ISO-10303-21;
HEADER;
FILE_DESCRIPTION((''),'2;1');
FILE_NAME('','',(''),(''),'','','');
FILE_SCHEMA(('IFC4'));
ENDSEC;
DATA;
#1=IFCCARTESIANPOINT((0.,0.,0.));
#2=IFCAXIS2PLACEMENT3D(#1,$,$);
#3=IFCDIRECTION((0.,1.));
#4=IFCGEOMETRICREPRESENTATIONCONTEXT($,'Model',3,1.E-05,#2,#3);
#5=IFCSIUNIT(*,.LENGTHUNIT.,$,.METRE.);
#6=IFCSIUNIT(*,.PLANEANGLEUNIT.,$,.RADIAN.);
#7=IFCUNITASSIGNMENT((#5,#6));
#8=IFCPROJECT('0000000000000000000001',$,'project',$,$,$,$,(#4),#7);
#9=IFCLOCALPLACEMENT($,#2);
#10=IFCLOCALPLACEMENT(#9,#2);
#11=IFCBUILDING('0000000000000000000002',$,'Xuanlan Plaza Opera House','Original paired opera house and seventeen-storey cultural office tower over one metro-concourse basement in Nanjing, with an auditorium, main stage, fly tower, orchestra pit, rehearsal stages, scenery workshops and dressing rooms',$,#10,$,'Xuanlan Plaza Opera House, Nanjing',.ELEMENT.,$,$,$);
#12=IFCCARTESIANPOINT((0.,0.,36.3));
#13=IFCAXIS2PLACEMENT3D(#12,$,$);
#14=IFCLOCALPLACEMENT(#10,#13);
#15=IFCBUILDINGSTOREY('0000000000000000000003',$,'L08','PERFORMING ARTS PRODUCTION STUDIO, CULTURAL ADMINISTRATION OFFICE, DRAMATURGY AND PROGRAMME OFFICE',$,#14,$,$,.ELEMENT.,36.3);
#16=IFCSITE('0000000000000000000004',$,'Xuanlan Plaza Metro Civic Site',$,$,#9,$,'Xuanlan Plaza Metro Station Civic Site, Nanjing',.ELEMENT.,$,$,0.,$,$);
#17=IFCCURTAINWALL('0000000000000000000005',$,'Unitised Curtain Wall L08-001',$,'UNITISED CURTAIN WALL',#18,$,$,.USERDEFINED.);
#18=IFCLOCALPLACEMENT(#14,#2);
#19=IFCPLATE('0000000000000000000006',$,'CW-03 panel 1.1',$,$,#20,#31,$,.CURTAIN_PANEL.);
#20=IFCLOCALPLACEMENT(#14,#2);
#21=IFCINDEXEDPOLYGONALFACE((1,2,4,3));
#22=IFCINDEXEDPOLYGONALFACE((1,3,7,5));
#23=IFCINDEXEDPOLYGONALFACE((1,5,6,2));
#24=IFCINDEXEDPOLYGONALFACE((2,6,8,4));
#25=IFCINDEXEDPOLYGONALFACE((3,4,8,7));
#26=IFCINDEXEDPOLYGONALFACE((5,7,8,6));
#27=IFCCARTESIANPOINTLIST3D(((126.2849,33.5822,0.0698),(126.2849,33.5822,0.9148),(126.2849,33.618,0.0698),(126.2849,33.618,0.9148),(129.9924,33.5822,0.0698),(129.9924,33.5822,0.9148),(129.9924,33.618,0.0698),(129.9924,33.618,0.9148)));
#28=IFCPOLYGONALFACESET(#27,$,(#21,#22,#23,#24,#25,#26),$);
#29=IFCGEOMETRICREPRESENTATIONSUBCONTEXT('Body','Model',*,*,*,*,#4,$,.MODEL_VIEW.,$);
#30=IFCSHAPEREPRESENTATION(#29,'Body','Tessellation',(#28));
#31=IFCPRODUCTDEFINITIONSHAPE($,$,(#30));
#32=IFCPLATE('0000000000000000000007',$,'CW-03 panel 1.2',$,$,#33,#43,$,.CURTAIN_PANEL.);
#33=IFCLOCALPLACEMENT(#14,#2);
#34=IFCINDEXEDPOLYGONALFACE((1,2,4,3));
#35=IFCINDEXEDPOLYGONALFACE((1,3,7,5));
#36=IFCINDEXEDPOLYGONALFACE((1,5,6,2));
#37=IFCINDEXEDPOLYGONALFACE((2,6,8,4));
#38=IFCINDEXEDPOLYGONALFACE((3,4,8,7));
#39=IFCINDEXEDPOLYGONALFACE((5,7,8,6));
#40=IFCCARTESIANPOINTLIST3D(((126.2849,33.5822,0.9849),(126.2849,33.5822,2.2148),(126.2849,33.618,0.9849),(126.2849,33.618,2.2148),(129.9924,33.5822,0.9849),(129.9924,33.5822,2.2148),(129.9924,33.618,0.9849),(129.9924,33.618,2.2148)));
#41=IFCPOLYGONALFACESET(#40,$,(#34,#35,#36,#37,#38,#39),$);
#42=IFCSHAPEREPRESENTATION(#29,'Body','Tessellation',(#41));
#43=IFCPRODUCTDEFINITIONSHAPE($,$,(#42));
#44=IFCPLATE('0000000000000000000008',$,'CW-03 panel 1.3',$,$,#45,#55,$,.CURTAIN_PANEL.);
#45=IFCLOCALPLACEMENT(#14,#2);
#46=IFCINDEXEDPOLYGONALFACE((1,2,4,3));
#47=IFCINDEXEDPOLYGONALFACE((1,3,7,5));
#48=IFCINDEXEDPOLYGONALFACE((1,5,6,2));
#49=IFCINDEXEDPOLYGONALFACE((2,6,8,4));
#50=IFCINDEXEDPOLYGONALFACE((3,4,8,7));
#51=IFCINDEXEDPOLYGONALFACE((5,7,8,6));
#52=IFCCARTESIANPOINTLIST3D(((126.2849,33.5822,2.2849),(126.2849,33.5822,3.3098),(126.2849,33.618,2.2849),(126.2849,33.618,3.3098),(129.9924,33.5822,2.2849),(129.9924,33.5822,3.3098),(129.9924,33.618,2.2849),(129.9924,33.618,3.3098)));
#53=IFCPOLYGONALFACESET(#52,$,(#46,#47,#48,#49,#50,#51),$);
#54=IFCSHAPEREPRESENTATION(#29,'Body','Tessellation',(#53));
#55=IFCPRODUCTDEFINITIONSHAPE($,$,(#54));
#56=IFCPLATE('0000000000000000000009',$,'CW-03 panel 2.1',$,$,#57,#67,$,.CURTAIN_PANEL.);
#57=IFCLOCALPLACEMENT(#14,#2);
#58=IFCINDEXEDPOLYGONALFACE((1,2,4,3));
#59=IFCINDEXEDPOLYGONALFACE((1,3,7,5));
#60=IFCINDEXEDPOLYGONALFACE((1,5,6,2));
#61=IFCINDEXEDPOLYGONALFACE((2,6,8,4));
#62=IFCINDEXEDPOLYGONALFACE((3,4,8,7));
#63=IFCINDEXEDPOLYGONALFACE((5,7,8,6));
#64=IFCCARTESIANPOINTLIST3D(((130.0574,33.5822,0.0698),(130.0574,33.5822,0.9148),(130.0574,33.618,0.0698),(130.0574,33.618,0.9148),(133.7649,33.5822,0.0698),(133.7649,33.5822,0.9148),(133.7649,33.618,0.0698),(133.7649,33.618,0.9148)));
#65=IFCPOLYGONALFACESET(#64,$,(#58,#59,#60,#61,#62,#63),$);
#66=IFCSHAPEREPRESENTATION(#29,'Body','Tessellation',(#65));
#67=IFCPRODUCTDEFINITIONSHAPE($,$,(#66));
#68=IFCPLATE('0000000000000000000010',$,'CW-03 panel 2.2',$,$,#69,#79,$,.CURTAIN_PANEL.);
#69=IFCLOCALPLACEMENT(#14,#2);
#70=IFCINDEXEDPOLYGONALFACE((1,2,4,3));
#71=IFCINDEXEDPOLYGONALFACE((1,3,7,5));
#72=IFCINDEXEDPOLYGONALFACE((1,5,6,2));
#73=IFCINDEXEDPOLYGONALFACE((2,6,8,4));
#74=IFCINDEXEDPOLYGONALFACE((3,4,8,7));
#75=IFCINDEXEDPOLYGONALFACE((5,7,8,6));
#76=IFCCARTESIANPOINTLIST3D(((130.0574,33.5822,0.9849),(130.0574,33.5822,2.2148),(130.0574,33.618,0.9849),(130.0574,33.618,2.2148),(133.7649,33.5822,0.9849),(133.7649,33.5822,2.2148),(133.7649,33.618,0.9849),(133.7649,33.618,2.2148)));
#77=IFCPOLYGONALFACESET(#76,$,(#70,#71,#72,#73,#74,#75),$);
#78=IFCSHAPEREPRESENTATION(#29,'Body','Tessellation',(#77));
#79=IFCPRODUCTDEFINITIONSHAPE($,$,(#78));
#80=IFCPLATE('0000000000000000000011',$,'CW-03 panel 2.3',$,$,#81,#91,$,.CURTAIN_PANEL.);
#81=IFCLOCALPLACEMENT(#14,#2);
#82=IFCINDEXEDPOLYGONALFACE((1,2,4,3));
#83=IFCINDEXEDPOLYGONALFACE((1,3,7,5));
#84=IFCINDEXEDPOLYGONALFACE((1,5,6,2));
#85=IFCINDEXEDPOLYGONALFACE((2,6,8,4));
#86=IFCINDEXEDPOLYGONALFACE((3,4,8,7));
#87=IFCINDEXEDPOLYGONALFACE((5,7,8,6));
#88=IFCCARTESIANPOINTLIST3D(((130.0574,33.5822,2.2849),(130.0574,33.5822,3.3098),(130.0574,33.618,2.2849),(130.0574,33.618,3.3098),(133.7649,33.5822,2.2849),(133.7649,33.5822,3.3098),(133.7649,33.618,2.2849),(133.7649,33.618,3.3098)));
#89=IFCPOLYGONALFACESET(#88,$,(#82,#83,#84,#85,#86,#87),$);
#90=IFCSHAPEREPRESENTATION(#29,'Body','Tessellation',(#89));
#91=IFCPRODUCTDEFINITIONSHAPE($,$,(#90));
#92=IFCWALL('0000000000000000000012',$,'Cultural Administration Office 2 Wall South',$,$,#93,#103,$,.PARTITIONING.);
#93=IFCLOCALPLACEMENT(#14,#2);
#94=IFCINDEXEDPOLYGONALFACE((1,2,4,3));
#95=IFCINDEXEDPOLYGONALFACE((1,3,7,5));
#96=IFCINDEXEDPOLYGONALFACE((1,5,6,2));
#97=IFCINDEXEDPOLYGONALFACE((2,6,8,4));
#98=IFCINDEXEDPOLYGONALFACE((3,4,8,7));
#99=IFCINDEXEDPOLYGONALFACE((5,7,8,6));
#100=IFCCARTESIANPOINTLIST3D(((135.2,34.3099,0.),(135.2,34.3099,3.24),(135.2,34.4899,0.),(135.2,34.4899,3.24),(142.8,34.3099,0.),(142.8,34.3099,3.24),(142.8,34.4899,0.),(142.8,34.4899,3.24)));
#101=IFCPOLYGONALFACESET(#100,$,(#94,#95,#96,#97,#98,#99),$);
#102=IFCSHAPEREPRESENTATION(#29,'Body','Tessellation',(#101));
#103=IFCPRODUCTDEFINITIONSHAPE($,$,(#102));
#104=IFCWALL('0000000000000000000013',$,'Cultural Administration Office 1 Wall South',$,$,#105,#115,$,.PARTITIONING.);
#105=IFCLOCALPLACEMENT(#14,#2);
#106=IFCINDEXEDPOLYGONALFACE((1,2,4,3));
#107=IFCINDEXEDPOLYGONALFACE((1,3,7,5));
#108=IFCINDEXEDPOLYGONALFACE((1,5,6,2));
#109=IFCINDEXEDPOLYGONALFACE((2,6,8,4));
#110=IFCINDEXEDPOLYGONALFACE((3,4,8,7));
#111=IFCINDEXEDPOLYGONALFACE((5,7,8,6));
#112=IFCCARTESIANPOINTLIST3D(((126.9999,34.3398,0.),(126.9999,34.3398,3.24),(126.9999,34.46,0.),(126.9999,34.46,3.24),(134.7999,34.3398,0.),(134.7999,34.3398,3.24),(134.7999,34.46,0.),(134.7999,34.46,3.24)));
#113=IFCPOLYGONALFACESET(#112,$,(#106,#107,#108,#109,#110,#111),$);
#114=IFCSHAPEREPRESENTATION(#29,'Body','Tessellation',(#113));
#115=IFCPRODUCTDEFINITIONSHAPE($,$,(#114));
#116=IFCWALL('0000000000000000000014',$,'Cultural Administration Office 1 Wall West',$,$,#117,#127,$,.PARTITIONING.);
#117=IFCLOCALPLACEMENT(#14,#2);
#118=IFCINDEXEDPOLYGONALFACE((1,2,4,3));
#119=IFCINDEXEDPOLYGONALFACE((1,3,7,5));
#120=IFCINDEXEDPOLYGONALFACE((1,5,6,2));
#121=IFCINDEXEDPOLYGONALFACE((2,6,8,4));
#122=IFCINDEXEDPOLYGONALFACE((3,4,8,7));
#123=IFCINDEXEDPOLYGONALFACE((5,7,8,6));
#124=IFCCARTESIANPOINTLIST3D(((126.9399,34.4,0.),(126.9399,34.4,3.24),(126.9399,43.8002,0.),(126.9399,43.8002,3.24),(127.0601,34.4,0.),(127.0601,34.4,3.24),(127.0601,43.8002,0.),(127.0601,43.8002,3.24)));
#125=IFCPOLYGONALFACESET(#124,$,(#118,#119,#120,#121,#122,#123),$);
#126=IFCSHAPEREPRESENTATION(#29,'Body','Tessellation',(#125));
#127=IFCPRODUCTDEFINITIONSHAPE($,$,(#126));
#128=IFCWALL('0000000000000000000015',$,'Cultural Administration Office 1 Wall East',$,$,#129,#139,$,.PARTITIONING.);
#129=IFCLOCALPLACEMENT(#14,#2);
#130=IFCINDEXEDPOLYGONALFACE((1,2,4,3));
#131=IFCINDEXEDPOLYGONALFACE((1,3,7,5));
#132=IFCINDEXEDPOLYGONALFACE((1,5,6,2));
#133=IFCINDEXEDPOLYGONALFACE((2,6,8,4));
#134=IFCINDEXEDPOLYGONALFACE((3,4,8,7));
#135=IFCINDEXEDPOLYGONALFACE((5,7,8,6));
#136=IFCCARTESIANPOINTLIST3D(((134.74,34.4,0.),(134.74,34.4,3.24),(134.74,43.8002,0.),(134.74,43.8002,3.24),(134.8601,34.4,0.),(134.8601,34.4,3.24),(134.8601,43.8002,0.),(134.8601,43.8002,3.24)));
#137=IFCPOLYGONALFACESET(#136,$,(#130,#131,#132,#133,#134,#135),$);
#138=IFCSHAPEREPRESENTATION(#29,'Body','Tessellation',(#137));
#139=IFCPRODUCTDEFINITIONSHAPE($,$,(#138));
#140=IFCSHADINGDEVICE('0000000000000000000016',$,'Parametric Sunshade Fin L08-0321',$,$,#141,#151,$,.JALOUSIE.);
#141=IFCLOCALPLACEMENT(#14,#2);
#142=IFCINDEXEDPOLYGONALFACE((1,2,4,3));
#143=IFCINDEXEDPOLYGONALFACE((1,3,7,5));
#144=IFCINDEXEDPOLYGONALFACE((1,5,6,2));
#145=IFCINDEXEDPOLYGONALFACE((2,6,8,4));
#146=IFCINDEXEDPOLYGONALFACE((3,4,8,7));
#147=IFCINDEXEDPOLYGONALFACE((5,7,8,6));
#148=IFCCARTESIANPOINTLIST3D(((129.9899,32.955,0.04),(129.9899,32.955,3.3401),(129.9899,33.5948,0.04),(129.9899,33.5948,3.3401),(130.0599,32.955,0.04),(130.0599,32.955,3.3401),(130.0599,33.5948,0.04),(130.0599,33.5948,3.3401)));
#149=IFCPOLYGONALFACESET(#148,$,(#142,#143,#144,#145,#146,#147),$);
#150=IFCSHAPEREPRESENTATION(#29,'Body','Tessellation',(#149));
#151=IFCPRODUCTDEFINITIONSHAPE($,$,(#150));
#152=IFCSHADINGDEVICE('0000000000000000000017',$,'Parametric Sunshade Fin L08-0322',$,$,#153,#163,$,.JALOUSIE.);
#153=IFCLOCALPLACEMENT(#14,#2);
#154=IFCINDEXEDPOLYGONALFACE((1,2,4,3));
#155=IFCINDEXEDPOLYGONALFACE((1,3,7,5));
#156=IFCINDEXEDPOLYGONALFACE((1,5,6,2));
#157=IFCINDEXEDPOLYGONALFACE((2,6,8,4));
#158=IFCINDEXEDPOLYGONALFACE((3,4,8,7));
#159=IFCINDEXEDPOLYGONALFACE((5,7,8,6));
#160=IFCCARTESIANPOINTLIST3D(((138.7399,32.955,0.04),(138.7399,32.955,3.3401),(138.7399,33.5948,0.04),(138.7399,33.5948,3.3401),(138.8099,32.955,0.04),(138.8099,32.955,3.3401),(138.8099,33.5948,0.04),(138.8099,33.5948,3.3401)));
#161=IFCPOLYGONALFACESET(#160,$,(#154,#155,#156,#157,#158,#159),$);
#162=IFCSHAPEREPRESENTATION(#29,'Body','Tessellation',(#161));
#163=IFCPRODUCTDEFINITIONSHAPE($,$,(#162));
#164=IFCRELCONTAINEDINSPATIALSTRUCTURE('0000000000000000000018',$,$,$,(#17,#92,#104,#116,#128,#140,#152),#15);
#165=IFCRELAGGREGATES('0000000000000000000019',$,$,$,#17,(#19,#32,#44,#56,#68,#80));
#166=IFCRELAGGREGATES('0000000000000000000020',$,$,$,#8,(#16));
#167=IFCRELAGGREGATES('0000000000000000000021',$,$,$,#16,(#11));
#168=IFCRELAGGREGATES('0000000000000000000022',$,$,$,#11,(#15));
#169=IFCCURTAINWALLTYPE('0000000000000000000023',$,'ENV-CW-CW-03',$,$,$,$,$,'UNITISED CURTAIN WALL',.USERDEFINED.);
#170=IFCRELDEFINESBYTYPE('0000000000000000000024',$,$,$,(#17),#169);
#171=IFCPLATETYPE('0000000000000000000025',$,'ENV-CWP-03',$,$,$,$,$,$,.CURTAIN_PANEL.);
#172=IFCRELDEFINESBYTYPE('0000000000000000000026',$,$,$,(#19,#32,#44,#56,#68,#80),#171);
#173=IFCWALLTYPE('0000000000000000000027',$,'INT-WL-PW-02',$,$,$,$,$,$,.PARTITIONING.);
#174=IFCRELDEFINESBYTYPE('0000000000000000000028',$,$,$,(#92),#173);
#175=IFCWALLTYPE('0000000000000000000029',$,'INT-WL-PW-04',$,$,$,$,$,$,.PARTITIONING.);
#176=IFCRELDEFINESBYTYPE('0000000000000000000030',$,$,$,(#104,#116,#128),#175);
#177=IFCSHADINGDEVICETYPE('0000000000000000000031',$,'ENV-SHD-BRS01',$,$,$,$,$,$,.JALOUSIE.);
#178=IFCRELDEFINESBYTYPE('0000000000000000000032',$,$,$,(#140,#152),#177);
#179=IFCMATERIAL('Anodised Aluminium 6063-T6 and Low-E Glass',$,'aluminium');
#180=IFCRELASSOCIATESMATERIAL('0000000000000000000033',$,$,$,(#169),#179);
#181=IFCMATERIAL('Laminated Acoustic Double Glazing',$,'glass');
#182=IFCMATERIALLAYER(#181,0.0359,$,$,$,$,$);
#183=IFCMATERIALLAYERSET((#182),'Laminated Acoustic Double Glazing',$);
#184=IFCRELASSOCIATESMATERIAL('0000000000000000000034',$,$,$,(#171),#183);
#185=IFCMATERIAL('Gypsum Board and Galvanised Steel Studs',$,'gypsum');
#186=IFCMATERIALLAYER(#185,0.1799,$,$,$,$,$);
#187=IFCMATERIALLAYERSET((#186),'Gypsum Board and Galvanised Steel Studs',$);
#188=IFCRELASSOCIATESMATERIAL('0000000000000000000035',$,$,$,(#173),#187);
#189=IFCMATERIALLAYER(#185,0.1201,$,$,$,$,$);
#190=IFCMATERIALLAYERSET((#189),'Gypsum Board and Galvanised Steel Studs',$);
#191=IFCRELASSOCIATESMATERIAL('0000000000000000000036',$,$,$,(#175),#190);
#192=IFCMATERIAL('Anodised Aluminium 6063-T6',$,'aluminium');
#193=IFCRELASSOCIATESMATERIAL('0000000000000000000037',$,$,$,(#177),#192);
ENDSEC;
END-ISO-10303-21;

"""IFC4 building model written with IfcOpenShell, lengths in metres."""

from ifc_helpers import new_model, si_unit, direction, frame, frame_2d, origin, origin_2d, place, context, subcontext, project, spatial, rectangle, extrude, material, layer, layer_set, type_object, element, aggregate, save


model = new_model("IFC4")

# Units and contexts
model_context = context("Model", 3, precision=1e-05, world=origin(), true_north=direction((0.0, 1.0)))
body_context = subcontext(model_context, "Body", "Model", "MODEL_VIEW")
ifc_project = project(units=[si_unit("LENGTHUNIT", "METRE"), si_unit("PLANEANGLEUNIT", "RADIAN")], contexts=[model_context])

# Site, building, storey
site_placement = place(None, origin())
site = spatial("IfcSite", under=ifc_project, at=site_placement, Name="Xuanlan Plaza Metro Civic Site", LongName="Xuanlan Plaza Metro Station Civic Site, Nanjing", CompositionType="ELEMENT", RefElevation=0.0)
building_placement = place(site_placement, origin())
building = spatial("IfcBuilding", under=site, at=building_placement, Name="Xuanlan Plaza Opera House", Description="Original paired opera house and seventeen-storey cultural office tower over one metro-concourse basement in Nanjing, with an auditorium, main stage, fly tower, orchestra pit, rehearsal stages, scenery workshops and dressing rooms", LongName="Xuanlan Plaza Opera House, Nanjing", CompositionType="ELEMENT")
storey_placement = place(building_placement, frame((0.0, 0.0, 36.3)))
storey = spatial("IfcBuildingStorey", under=building, at=storey_placement, Name="L08", Description="PERFORMING ARTS PRODUCTION STUDIO, CULTURAL ADMINISTRATION OFFICE, DRAMATURGY AND PROGRAMME OFFICE", CompositionType="ELEMENT", Elevation=36.3)

# Curtain wall
ifc_material_1 = material(Name="Anodised Aluminium 6063-T6 and Low-E Glass", Category="aluminium")
curtain_wall_type_1 = type_object("IfcCurtainWallType", Name="ENV-CW-CW-03", ElementType="UNITISED CURTAIN WALL", PredefinedType="USERDEFINED", material=ifc_material_1)
curtain_wall_1_placement = place(storey_placement, origin())
curtain_wall_1 = element("IfcCurtainWall", 1, at=curtain_wall_1_placement, inside=storey, type_object=curtain_wall_type_1, Name="Unitised Curtain Wall L08-001", ObjectType="UNITISED CURTAIN WALL", PredefinedType="USERDEFINED")
ifc_material_2 = material(Name="Anodised Aluminium 6063-T6", Category="aluminium")

# Plates
ifc_material_3 = material(Name="Laminated Acoustic Double Glazing", Category="glass")
ifc_layer_1 = layer(ifc_material_3, 0.0359)
ifc_layer_set_1 = layer_set([ifc_layer_1], Name="Laminated Acoustic Double Glazing")
plate_type_1 = type_object("IfcPlateType", Name="ENV-CWP-03", PredefinedType="CURTAIN_PANEL", material=ifc_layer_set_1)
plate_1_placement = place(storey_placement, frame((128.1387, 33.6001, 0.0698), z_axis=(0.0, 0.0, 1.0), x_axis=(1.0, 0.0, 0.0)))
plate_1 = element("IfcPlate", 2, at=plate_1_placement, type_object=plate_type_1, Name="CW-03 panel 1.1", PredefinedType="CURTAIN_PANEL", context=body_context, shape_type="SweptSolid", body=[
    extrude(rectangle(XDim=3.7075, YDim=0.0359, at=origin_2d()), origin(), (0.0, 0.0, 1.0), 0.845),
])
plate_2_placement = place(storey_placement, frame((128.1387, 33.6001, 0.9849), z_axis=(0.0, 0.0, 1.0), x_axis=(1.0, 0.0, 0.0)))
plate_2 = element("IfcPlate", 3, at=plate_2_placement, type_object=plate_type_1, Name="CW-03 panel 1.2", PredefinedType="CURTAIN_PANEL", context=body_context, shape_type="SweptSolid", body=[
    extrude(rectangle(XDim=3.7075, YDim=0.0359, at=origin_2d()), origin(), (0.0, 0.0, 1.0), 1.23),
])
plate_3_placement = place(storey_placement, frame((128.1387, 33.6001, 2.2849), z_axis=(0.0, 0.0, 1.0), x_axis=(1.0, 0.0, 0.0)))
plate_3 = element("IfcPlate", 4, at=plate_3_placement, type_object=plate_type_1, Name="CW-03 panel 1.3", PredefinedType="CURTAIN_PANEL", context=body_context, shape_type="SweptSolid", body=[
    extrude(rectangle(XDim=3.7075, YDim=0.0359, at=origin_2d()), origin(), (0.0, 0.0, 1.0), 1.0249),
])
plate_4_placement = place(storey_placement, frame((131.9111, 33.6001, 0.0698), z_axis=(0.0, 0.0, 1.0), x_axis=(1.0, 0.0, 0.0)))
plate_4 = element("IfcPlate", 5, at=plate_4_placement, type_object=plate_type_1, Name="CW-03 panel 2.1", PredefinedType="CURTAIN_PANEL", context=body_context, shape_type="SweptSolid", body=[
    extrude(rectangle(XDim=3.7075, YDim=0.0359, at=origin_2d()), origin(), (0.0, 0.0, 1.0), 0.845),
])
plate_5_placement = place(storey_placement, frame((131.9111, 33.6001, 0.9849), z_axis=(0.0, 0.0, 1.0), x_axis=(1.0, 0.0, 0.0)))
plate_5 = element("IfcPlate", 6, at=plate_5_placement, type_object=plate_type_1, Name="CW-03 panel 2.2", PredefinedType="CURTAIN_PANEL", context=body_context, shape_type="SweptSolid", body=[
    extrude(rectangle(XDim=3.7075, YDim=0.0359, at=origin_2d()), origin(), (0.0, 0.0, 1.0), 1.23),
])
plate_6_placement = place(storey_placement, frame((131.9111, 33.6001, 2.2849), z_axis=(0.0, 0.0, 1.0), x_axis=(1.0, 0.0, 0.0)))
plate_6 = element("IfcPlate", 7, at=plate_6_placement, type_object=plate_type_1, Name="CW-03 panel 2.3", PredefinedType="CURTAIN_PANEL", context=body_context, shape_type="SweptSolid", body=[
    extrude(rectangle(XDim=3.7075, YDim=0.0359, at=origin_2d()), origin(), (0.0, 0.0, 1.0), 1.0249),
])
aggregate(curtain_wall_1, [plate_1, plate_2, plate_3, plate_4, plate_5, plate_6])

# Walls
ifc_material_4 = material(Name="Gypsum Board and Galvanised Steel Studs", Category="gypsum")
ifc_layer_2 = layer(ifc_material_4, 0.1799)
ifc_layer_set_2 = layer_set([ifc_layer_2], Name="Gypsum Board and Galvanised Steel Studs")
wall_type_1 = type_object("IfcWallType", Name="INT-WL-PW-02", PredefinedType="PARTITIONING", material=ifc_layer_set_2)
wall_1_placement = place(storey_placement, frame((135.2, 34.3999, 0.0), z_axis=(0.0, 0.0, 1.0), x_axis=(1.0, 0.0, 0.0)))
element("IfcWall", 8, at=wall_1_placement, inside=storey, type_object=wall_type_1, Name="Cultural Administration Office 2 Wall South", PredefinedType="PARTITIONING", context=body_context, shape_type="SweptSolid", body=[
    extrude(rectangle(XDim=7.6001, YDim=0.1799, at=frame_2d((3.8, 0.0))), origin(), (0.0, 0.0, 1.0), 3.24),
])
ifc_layer_3 = layer(ifc_material_4, 0.1201)
ifc_layer_set_3 = layer_set([ifc_layer_3], Name="Gypsum Board and Galvanised Steel Studs")
wall_type_2 = type_object("IfcWallType", Name="INT-WL-PW-04", PredefinedType="PARTITIONING", material=ifc_layer_set_3)
wall_2_placement = place(storey_placement, frame((127.0, 34.3999, 0.0), z_axis=(0.0, 0.0, 1.0), x_axis=(1.0, 0.0, 0.0)))
element("IfcWall", 9, at=wall_2_placement, inside=storey, type_object=wall_type_2, Name="Cultural Administration Office 1 Wall South", PredefinedType="PARTITIONING", context=body_context, shape_type="SweptSolid", body=[
    extrude(rectangle(XDim=7.8, YDim=0.1201, at=frame_2d((3.8999, 0.0))), origin(), (0.0, 0.0, 1.0), 3.24),
])
for number, where, z_axis, x_axis, name in (
    (10, (127.0, 34.3999, 0.0), (0.0, 0.0, 1.0), (0.0, 1.0, 0.0), "Cultural Administration Office 1 Wall West"),
    (11, (134.8, 34.3999, 0.0), (0.0, 0.0, 1.0), (0.0, 1.0, 0.0), "Cultural Administration Office 1 Wall East"),
):
    element("IfcWall", number, at=place(storey_placement, frame(where, z_axis=z_axis, x_axis=x_axis)), inside=storey, type_object=wall_type_2, Name=name, PredefinedType="PARTITIONING", context=body_context, shape_type="SweptSolid", body=[
        extrude(rectangle(XDim=9.4001, YDim=0.1201, at=frame_2d((4.7002, 0.0))), origin(), (0.0, 0.0, 1.0), 3.24),
    ])

# Shading devices
shading_device_type = type_object("IfcShadingDeviceType", Name="ENV-SHD-BRS01", PredefinedType="JALOUSIE", material=ifc_material_2)
for number, where, z_axis, x_axis, name in (
    (12, (130.0249, 33.2749, 0.04), (0.0, 0.0, 1.0), (0.0, -1.0, 0.0), "Parametric Sunshade Fin L08-0321"),
    (13, (138.7749, 33.2749, 0.04), (0.0, 0.0, 1.0), (0.0, -1.0, 0.0), "Parametric Sunshade Fin L08-0322"),
):
    element("IfcShadingDevice", number, at=place(storey_placement, frame(where, z_axis=z_axis, x_axis=x_axis)), inside=storey, type_object=shading_device_type, Name=name, PredefinedType="JALOUSIE", context=body_context, shape_type="SweptSolid", body=[
        extrude(rectangle(XDim=0.6399, YDim=0.0701, at=origin_2d()), origin(), (0.0, 0.0, 1.0), 3.3),
    ])

save(model, "model.ifc")
